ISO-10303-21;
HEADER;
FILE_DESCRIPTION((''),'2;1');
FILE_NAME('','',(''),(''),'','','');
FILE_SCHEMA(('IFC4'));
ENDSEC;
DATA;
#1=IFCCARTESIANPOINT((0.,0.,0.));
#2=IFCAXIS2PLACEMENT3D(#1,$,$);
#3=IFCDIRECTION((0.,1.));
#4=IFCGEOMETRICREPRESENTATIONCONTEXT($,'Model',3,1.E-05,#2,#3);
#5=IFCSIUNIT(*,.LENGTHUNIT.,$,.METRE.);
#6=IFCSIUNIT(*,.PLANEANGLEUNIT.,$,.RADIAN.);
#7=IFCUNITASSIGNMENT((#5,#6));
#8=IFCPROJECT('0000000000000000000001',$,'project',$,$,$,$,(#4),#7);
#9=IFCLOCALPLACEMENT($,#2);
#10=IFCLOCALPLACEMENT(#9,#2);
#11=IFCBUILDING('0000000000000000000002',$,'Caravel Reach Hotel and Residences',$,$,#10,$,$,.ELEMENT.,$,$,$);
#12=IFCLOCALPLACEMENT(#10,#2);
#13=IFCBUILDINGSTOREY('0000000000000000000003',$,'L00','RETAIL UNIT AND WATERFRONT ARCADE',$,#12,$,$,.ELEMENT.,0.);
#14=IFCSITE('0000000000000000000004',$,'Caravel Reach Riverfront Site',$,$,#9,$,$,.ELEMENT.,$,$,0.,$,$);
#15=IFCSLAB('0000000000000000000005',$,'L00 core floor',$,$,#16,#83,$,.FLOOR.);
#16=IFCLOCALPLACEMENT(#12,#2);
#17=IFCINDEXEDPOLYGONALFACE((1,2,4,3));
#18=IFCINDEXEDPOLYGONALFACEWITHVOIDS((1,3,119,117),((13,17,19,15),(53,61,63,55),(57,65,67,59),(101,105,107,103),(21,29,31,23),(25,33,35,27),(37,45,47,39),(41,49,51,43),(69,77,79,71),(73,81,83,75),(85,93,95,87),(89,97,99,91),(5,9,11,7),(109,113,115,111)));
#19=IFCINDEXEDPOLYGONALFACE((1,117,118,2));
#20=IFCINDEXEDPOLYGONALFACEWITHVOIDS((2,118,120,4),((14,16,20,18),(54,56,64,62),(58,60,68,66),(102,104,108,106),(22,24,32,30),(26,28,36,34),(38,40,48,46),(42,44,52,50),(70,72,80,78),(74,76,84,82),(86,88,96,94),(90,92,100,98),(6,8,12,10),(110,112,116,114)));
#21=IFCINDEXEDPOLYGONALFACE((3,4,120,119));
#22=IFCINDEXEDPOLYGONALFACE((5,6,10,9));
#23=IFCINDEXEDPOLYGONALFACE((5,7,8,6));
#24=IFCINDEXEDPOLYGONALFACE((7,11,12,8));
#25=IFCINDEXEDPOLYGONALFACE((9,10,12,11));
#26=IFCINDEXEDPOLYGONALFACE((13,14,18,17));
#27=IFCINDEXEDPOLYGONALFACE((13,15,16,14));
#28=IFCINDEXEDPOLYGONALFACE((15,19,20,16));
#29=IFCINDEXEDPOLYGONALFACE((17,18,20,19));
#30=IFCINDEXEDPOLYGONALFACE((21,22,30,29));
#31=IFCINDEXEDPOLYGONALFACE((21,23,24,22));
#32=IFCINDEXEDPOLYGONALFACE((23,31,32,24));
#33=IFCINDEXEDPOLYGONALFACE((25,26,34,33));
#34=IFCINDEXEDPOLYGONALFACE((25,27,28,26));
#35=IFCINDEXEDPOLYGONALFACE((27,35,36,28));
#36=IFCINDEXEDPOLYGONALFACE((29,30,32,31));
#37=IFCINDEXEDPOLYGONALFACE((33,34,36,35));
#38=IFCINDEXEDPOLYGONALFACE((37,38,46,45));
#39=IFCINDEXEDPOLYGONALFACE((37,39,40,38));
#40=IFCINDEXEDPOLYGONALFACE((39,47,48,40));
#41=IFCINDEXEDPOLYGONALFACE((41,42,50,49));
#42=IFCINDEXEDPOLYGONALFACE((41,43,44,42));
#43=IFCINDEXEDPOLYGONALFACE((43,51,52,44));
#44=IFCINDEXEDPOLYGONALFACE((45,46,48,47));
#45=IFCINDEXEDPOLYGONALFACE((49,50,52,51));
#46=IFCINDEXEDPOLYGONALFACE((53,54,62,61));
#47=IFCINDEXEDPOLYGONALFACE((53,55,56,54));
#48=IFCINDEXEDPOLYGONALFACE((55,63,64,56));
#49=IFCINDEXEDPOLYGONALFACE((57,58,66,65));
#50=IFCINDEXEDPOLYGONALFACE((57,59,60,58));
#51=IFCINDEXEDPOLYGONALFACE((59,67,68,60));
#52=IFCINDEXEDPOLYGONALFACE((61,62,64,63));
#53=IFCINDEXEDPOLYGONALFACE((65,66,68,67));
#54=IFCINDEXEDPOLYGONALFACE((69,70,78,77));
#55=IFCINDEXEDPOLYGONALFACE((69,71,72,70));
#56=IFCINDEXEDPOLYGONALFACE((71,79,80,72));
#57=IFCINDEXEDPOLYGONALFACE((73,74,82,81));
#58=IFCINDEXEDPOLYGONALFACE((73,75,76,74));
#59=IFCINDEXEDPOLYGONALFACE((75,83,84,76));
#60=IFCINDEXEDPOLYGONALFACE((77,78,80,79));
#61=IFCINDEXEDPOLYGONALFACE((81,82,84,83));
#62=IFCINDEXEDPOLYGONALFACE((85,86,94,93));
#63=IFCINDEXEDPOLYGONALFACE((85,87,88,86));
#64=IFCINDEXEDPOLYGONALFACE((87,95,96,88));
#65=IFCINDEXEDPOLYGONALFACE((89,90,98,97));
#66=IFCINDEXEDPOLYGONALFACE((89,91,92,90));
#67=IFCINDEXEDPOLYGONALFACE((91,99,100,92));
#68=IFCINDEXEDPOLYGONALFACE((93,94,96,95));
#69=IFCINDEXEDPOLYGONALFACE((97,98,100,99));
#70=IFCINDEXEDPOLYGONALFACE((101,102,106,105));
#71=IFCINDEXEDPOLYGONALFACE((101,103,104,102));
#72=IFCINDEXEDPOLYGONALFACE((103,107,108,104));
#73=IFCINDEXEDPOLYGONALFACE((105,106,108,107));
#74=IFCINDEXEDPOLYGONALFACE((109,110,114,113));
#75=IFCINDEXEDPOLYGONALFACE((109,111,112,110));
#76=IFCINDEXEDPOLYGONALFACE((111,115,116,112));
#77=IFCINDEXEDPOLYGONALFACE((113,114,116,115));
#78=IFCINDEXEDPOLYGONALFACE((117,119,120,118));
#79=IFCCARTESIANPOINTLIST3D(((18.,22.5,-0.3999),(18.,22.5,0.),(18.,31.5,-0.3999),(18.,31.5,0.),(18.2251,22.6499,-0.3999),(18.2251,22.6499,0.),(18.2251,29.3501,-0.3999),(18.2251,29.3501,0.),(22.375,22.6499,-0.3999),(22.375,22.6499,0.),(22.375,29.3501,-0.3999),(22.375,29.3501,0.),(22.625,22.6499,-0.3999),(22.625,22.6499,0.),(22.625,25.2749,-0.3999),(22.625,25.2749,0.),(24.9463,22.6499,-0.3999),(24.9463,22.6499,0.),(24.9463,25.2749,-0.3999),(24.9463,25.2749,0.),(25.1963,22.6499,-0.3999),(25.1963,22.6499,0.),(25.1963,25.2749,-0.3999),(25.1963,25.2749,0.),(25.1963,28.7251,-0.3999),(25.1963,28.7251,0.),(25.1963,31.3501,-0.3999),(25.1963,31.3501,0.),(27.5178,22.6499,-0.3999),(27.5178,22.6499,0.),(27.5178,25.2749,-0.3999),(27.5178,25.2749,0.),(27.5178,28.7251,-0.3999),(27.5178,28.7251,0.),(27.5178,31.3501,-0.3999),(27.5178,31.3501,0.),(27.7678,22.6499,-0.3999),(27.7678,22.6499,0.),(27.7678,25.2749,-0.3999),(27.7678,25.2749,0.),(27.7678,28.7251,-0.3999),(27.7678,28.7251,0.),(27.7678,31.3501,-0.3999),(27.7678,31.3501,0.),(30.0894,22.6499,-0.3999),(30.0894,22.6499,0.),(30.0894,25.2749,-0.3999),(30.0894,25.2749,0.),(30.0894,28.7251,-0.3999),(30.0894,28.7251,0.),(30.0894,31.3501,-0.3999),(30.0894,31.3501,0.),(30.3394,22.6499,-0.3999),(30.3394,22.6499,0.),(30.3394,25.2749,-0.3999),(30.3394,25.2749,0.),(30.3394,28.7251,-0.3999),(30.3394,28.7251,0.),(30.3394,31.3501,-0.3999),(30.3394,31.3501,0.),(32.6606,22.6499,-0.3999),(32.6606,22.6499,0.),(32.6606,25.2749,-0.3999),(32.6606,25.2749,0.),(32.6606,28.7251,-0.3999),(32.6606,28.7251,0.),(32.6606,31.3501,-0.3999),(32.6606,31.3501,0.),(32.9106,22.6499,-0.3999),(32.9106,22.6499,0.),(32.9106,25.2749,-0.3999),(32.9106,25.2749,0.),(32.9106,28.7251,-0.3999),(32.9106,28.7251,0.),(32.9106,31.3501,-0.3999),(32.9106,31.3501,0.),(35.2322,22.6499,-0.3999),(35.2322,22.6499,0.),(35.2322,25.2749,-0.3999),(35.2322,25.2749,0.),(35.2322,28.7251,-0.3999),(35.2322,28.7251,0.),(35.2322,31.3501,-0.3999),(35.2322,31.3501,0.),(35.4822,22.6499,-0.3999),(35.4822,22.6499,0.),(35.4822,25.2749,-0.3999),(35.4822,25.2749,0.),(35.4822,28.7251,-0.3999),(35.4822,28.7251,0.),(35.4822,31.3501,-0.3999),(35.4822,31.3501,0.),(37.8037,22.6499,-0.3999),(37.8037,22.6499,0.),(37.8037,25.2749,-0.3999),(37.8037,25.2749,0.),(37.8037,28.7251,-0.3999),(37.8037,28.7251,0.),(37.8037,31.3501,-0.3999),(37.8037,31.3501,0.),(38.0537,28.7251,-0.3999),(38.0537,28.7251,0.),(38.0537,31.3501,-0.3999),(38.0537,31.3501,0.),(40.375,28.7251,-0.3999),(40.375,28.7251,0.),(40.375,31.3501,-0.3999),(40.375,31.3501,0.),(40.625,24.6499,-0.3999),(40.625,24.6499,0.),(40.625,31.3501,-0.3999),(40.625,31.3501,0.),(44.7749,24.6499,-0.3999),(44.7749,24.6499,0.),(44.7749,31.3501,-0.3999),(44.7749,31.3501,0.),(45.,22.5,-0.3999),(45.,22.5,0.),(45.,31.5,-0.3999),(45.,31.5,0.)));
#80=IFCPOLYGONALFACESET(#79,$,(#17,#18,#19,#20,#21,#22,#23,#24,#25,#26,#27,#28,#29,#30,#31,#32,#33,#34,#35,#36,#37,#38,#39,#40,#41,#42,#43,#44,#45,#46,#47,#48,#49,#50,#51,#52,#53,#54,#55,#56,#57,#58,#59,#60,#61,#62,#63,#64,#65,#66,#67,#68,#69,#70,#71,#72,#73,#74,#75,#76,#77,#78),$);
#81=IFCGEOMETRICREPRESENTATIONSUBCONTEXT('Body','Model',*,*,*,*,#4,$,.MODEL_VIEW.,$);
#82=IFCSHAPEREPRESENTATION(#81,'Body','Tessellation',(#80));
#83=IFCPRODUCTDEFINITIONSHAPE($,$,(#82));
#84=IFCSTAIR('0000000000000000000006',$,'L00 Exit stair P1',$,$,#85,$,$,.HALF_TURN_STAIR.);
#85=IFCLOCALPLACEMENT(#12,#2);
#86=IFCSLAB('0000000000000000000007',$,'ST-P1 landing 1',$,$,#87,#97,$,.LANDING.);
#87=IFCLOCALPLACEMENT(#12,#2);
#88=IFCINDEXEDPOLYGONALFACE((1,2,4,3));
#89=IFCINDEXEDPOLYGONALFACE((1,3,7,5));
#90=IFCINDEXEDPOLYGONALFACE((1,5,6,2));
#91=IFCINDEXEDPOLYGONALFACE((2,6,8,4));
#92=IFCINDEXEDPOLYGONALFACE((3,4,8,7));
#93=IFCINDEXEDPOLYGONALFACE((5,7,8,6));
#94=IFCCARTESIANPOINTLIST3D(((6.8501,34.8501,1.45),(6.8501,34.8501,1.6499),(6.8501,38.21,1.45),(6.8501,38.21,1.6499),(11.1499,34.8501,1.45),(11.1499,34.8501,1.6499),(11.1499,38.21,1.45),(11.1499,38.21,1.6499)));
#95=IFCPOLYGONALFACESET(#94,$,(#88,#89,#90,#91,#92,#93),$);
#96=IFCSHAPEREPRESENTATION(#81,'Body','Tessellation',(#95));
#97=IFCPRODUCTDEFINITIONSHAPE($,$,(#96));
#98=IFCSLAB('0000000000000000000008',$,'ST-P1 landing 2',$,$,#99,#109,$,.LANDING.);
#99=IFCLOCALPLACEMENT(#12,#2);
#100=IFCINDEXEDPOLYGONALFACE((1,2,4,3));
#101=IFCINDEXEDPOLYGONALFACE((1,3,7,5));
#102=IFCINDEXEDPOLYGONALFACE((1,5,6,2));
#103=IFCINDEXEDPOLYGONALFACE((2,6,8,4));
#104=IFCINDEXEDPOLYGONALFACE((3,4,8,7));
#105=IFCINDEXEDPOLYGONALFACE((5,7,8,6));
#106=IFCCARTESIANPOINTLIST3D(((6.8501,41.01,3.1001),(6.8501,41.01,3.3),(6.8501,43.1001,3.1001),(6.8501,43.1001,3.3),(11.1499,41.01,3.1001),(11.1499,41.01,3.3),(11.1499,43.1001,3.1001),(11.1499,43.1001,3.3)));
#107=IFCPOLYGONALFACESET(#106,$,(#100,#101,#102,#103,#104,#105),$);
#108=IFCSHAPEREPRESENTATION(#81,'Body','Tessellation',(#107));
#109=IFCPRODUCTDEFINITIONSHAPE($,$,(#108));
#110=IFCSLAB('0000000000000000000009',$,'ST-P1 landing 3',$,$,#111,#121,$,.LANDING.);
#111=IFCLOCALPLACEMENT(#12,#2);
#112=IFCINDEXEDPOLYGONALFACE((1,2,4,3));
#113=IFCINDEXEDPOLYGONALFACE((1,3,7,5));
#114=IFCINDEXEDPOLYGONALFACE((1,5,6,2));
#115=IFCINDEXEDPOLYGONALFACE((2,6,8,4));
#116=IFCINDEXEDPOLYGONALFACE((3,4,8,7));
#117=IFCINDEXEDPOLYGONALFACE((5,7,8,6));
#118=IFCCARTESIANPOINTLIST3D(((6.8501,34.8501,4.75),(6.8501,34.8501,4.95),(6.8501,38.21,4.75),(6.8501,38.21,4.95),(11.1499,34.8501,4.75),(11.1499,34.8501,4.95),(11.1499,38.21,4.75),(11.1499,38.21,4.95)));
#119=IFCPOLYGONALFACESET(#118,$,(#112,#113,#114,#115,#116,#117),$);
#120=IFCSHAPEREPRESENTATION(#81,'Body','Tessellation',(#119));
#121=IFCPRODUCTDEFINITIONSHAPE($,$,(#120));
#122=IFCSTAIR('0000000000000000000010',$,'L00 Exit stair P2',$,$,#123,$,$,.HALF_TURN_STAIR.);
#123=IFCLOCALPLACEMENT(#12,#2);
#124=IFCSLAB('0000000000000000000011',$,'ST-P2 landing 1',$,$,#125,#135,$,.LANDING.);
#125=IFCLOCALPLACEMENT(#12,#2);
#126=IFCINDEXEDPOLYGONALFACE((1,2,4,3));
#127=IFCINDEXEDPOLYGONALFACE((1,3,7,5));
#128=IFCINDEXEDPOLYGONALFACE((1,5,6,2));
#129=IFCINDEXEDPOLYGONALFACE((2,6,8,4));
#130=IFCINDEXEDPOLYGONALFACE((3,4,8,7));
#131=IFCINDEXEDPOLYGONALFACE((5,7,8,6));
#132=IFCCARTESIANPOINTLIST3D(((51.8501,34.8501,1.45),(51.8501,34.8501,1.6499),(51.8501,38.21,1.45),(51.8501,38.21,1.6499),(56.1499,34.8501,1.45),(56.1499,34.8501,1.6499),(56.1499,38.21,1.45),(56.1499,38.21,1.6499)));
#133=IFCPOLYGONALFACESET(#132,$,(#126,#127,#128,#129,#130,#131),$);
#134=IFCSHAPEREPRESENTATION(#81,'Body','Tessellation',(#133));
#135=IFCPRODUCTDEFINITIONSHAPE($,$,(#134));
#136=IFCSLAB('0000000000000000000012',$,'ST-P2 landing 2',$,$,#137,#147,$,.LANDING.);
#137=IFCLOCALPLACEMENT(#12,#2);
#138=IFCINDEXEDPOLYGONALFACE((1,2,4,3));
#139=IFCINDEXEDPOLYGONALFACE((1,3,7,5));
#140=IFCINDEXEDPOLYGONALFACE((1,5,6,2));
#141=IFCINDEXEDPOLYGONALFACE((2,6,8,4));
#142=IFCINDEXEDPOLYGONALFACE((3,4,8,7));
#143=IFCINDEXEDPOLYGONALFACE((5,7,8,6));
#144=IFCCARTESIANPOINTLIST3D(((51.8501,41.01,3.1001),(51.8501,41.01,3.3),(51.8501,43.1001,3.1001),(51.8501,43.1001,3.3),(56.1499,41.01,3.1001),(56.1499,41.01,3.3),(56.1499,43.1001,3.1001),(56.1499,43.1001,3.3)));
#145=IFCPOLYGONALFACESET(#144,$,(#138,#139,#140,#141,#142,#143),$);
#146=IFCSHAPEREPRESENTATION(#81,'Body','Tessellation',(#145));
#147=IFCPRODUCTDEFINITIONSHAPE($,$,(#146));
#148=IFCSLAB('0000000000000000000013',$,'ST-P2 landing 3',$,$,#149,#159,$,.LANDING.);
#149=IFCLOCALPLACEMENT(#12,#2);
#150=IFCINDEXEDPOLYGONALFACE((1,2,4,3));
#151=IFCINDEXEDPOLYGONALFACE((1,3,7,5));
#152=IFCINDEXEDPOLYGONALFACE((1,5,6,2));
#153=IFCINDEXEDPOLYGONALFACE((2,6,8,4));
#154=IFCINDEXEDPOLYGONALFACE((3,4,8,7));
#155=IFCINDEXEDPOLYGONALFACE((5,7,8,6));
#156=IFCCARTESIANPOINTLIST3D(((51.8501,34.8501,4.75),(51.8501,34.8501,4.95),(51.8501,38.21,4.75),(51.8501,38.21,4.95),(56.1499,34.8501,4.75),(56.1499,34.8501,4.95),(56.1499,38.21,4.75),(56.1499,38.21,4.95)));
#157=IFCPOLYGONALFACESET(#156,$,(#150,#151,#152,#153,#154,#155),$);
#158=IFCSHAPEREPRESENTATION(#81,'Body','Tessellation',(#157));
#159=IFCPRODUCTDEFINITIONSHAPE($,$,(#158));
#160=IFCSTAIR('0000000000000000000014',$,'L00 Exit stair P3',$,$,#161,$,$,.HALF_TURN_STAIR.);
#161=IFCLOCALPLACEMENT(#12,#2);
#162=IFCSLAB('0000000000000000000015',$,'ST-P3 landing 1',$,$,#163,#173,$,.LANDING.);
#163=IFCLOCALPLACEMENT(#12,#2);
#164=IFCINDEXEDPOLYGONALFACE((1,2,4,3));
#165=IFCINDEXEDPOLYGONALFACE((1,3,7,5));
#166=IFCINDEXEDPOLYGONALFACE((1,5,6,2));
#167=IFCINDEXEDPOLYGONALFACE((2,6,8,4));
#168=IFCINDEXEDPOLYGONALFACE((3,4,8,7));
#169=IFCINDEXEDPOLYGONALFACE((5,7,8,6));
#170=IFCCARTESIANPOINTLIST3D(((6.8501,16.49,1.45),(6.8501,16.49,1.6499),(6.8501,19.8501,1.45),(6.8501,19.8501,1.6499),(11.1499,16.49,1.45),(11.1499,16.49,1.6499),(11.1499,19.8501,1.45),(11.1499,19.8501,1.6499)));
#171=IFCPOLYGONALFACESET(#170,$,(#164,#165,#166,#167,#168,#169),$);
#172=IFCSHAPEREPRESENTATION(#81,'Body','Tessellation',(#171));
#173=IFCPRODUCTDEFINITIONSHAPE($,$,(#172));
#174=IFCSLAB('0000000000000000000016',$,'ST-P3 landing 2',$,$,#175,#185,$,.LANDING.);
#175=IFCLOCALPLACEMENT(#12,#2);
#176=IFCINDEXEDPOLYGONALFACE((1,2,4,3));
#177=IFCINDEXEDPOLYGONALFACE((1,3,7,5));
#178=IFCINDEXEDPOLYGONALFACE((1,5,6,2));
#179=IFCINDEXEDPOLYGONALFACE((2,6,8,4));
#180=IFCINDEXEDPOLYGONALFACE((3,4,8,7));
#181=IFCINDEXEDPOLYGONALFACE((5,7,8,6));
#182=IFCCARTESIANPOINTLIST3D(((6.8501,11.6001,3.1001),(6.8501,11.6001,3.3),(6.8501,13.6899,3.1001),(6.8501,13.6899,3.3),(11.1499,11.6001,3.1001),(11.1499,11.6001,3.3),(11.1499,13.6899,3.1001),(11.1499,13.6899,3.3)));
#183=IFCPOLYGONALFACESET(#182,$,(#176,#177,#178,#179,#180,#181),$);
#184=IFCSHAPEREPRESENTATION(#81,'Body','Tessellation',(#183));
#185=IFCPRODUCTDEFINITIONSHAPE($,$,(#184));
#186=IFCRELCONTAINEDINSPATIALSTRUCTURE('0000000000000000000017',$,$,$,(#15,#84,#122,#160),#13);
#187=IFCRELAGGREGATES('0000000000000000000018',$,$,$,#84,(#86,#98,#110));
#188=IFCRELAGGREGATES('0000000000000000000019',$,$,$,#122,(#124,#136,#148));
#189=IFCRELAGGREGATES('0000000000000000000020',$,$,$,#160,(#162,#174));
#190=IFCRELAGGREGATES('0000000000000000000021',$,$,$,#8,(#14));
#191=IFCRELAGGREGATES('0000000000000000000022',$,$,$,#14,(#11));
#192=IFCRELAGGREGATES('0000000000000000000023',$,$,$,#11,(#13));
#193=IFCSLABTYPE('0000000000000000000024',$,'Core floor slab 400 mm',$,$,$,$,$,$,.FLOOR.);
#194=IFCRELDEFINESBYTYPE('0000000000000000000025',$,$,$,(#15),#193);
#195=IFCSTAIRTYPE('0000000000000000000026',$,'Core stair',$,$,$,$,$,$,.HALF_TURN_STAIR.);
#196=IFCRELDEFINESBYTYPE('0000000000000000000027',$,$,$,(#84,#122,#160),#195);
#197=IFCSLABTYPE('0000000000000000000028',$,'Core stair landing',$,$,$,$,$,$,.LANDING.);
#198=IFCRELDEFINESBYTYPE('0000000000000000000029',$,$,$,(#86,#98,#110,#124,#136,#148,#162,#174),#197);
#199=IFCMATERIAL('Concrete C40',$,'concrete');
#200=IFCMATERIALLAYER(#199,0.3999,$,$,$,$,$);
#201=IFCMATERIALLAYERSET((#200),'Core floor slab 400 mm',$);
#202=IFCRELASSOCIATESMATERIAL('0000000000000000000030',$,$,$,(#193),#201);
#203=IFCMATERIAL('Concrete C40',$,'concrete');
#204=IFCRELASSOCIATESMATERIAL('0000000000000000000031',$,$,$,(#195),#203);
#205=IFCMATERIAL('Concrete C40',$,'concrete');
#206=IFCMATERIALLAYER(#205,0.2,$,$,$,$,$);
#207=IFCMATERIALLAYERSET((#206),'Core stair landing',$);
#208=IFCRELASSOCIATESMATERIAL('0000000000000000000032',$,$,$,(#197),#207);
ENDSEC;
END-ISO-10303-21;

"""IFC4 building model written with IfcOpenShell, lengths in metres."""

from ifc_helpers import new_model, si_unit, direction, frame, origin, place, context, subcontext, project, spatial, polyline, outline, extrude, material, layer, layer_set, type_object, element, aggregate, save


model = new_model("IFC4")

# Units and contexts
model_context = context("Model", 3, precision=1e-05, world=origin(), true_north=direction((0.0, 1.0)))
body_context = subcontext(model_context, "Body", "Model", "MODEL_VIEW")
ifc_project = project(units=[si_unit("LENGTHUNIT", "METRE"), si_unit("PLANEANGLEUNIT", "RADIAN")], contexts=[model_context])

# Site, building, storey
site_placement = place(None, origin())
site = spatial("IfcSite", under=ifc_project, at=site_placement, Name="Caravel Reach Riverfront Site", CompositionType="ELEMENT", RefElevation=0.0)
building_placement = place(site_placement, origin())
building = spatial("IfcBuilding", under=site, at=building_placement, Name="Caravel Reach Hotel and Residences", CompositionType="ELEMENT")
storey_placement = place(building_placement, origin())
storey = spatial("IfcBuildingStorey", under=building, at=storey_placement, Name="L00", Description="RETAIL UNIT AND WATERFRONT ARCADE", CompositionType="ELEMENT", Elevation=0.0)

# Slab
ifc_material_1 = material(Name="Concrete C40", Category="concrete")
ifc_layer_1 = layer(ifc_material_1, 0.3999)
ifc_layer_set_1 = layer_set([ifc_layer_1], Name="Core floor slab 400 mm")
slab_type_1 = type_object("IfcSlabType", Name="Core floor slab 400 mm", PredefinedType="FLOOR", material=ifc_layer_set_1)
slab_1_placement = place(storey_placement, frame((0.0, 0.0, -0.3999)))
element("IfcSlab", 1, at=slab_1_placement, inside=storey, type_object=slab_type_1, Name="L00 core floor", PredefinedType="FLOOR", context=body_context, shape_type="SweptSolid", body=[
    extrude(outline(polyline([(18.0, 31.5), (45.0, 31.5), (45.0, 22.5), (18.0, 22.5), (18.0, 31.5)]), holes=[polyline([(22.625, 25.2749), (22.625, 22.6499), (24.9463, 22.6499), (24.9463, 25.2749), (22.625, 25.2749)]), polyline([(27.5178, 25.2749), (25.1963, 25.2749), (25.1963, 22.6499), (27.5178, 22.6499), (27.5178, 25.2749)]), polyline([(30.0894, 25.2749), (27.7678, 25.2749), (27.7678, 22.6499), (30.0894, 22.6499), (30.0894, 25.2749)]), polyline([(32.6606, 25.2749), (30.3394, 25.2749), (30.3394, 22.6499), (32.6606, 22.6499), (32.6606, 25.2749)]), polyline([(18.2251, 22.6499), (22.375, 22.6499), (22.375, 29.3501), (18.2251, 29.3501), (18.2251, 22.6499)]), polyline([(27.5178, 31.3501), (25.1963, 31.3501), (25.1963, 28.7251), (27.5178, 28.7251), (27.5178, 31.3501)]), polyline([(30.0894, 31.3501), (27.7678, 31.3501), (27.7678, 28.7251), (30.0894, 28.7251), (30.0894, 31.3501)]), polyline([(32.9106, 25.2749), (32.9106, 22.6499), (35.2322, 22.6499), (35.2322, 25.2749), (32.9106, 25.2749)]), polyline([(37.8037, 25.2749), (35.4822, 25.2749), (35.4822, 22.6499), (37.8037, 22.6499), (37.8037, 25.2749)]), polyline([(44.7749, 31.3501), (40.625, 31.3501), (40.625, 24.6499), (44.7749, 24.6499), (44.7749, 31.3501)]), polyline([(32.6606, 31.3501), (30.3394, 31.3501), (30.3394, 28.7251), (32.6606, 28.7251), (32.6606, 31.3501)]), polyline([(35.2322, 31.3501), (32.9106, 31.3501), (32.9106, 28.7251), (35.2322, 28.7251), (35.2322, 31.3501)]), polyline([(37.8037, 31.3501), (35.4822, 31.3501), (35.4822, 28.7251), (37.8037, 28.7251), (37.8037, 31.3501)]), polyline([(40.375, 31.3501), (38.0537, 31.3501), (38.0537, 28.7251), (40.375, 28.7251), (40.375, 31.3501)])]), origin(), (0.0, 0.0, 1.0), 0.3999),
])

# Stairs, slabs
ifc_material_2 = material(Name="Concrete C40", Category="concrete")
stair_type = type_object("IfcStairType", Name="Core stair", PredefinedType="HALF_TURN_STAIR", material=ifc_material_2)
stair_1_placement = place(storey_placement, origin())
stair_1 = element("IfcStair", 2, at=stair_1_placement, inside=storey, type_object=stair_type, Name="L00 Exit stair P1", PredefinedType="HALF_TURN_STAIR")
ifc_material_3 = material(Name="Concrete C40", Category="concrete")
ifc_layer_2 = layer(ifc_material_3, 0.2)
ifc_layer_set_2 = layer_set([ifc_layer_2], Name="Core stair landing")
slab_type_2 = type_object("IfcSlabType", Name="Core stair landing", PredefinedType="LANDING", material=ifc_layer_set_2)
slab_2_placement = place(storey_placement, frame((0.0, 0.0, 1.45)))
slab_2 = element("IfcSlab", 3, at=slab_2_placement, type_object=slab_type_2, Name="ST-P1 landing 1", PredefinedType="LANDING", context=body_context, shape_type="SweptSolid", body=[
    extrude(outline(polyline([(6.8501, 38.21), (6.8501, 34.8501), (11.1499, 34.8501), (11.1499, 38.21), (6.8501, 38.21)])), origin(), (0.0, 0.0, 1.0), 0.2),
])
slab_3_placement = place(storey_placement, frame((0.0, 0.0, 3.1001)))
slab_3 = element("IfcSlab", 4, at=slab_3_placement, type_object=slab_type_2, Name="ST-P1 landing 2", PredefinedType="LANDING", context=body_context, shape_type="SweptSolid", body=[
    extrude(outline(polyline([(6.8501, 43.1001), (6.8501, 41.01), (11.1499, 41.01), (11.1499, 43.1001), (6.8501, 43.1001)])), origin(), (0.0, 0.0, 1.0), 0.2),
])
slab_4_placement = place(storey_placement, frame((0.0, 0.0, 4.75)))
slab_4 = element("IfcSlab", 5, at=slab_4_placement, type_object=slab_type_2, Name="ST-P1 landing 3", PredefinedType="LANDING", context=body_context, shape_type="SweptSolid", body=[
    extrude(outline(polyline([(6.8501, 38.21), (6.8501, 34.8501), (11.1499, 34.8501), (11.1499, 38.21), (6.8501, 38.21)])), origin(), (0.0, 0.0, 1.0), 0.2),
])
aggregate(stair_1, [slab_2, slab_3, slab_4])
stair_2_placement = place(storey_placement, origin())
stair_2 = element("IfcStair", 6, at=stair_2_placement, inside=storey, type_object=stair_type, Name="L00 Exit stair P2", PredefinedType="HALF_TURN_STAIR")
slab_5_placement = place(storey_placement, frame((0.0, 0.0, 1.45)))
slab_5 = element("IfcSlab", 7, at=slab_5_placement, type_object=slab_type_2, Name="ST-P2 landing 1", PredefinedType="LANDING", context=body_context, shape_type="SweptSolid", body=[
    extrude(outline(polyline([(51.8501, 38.21), (51.8501, 34.8501), (56.1499, 34.8501), (56.1499, 38.21), (51.8501, 38.21)])), origin(), (0.0, 0.0, 1.0), 0.2),
])
slab_6_placement = place(storey_placement, frame((0.0, 0.0, 3.1001)))
slab_6 = element("IfcSlab", 8, at=slab_6_placement, type_object=slab_type_2, Name="ST-P2 landing 2", PredefinedType="LANDING", context=body_context, shape_type="SweptSolid", body=[
    extrude(outline(polyline([(51.8501, 43.1001), (51.8501, 41.01), (56.1499, 41.01), (56.1499, 43.1001), (51.8501, 43.1001)])), origin(), (0.0, 0.0, 1.0), 0.2),
])
slab_7_placement = place(storey_placement, frame((0.0, 0.0, 4.75)))
slab_7 = element("IfcSlab", 9, at=slab_7_placement, type_object=slab_type_2, Name="ST-P2 landing 3", PredefinedType="LANDING", context=body_context, shape_type="SweptSolid", body=[
    extrude(outline(polyline([(51.8501, 38.21), (51.8501, 34.8501), (56.1499, 34.8501), (56.1499, 38.21), (51.8501, 38.21)])), origin(), (0.0, 0.0, 1.0), 0.2),
])
aggregate(stair_2, [slab_5, slab_6, slab_7])
stair_3_placement = place(storey_placement, origin())
stair_3 = element("IfcStair", 10, at=stair_3_placement, inside=storey, type_object=stair_type, Name="L00 Exit stair P3", PredefinedType="HALF_TURN_STAIR")
slab_8_placement = place(storey_placement, frame((0.0, 0.0, 1.45)))
slab_8 = element("IfcSlab", 11, at=slab_8_placement, type_object=slab_type_2, Name="ST-P3 landing 1", PredefinedType="LANDING", context=body_context, shape_type="SweptSolid", body=[
    extrude(outline(polyline([(11.1499, 16.49), (11.1499, 19.8501), (6.8501, 19.8501), (6.8501, 16.49), (11.1499, 16.49)])), origin(), (0.0, 0.0, 1.0), 0.2),
])
slab_9_placement = place(storey_placement, frame((0.0, 0.0, 3.1001)))
slab_9 = element("IfcSlab", 12, at=slab_9_placement, type_object=slab_type_2, Name="ST-P3 landing 2", PredefinedType="LANDING", context=body_context, shape_type="SweptSolid", body=[
    extrude(outline(polyline([(11.1499, 11.6001), (11.1499, 13.6899), (6.8501, 13.6899), (6.8501, 11.6001), (11.1499, 11.6001)])), origin(), (0.0, 0.0, 1.0), 0.2),
])
aggregate(stair_3, [slab_8, slab_9])

save(model, "model.ifc")
